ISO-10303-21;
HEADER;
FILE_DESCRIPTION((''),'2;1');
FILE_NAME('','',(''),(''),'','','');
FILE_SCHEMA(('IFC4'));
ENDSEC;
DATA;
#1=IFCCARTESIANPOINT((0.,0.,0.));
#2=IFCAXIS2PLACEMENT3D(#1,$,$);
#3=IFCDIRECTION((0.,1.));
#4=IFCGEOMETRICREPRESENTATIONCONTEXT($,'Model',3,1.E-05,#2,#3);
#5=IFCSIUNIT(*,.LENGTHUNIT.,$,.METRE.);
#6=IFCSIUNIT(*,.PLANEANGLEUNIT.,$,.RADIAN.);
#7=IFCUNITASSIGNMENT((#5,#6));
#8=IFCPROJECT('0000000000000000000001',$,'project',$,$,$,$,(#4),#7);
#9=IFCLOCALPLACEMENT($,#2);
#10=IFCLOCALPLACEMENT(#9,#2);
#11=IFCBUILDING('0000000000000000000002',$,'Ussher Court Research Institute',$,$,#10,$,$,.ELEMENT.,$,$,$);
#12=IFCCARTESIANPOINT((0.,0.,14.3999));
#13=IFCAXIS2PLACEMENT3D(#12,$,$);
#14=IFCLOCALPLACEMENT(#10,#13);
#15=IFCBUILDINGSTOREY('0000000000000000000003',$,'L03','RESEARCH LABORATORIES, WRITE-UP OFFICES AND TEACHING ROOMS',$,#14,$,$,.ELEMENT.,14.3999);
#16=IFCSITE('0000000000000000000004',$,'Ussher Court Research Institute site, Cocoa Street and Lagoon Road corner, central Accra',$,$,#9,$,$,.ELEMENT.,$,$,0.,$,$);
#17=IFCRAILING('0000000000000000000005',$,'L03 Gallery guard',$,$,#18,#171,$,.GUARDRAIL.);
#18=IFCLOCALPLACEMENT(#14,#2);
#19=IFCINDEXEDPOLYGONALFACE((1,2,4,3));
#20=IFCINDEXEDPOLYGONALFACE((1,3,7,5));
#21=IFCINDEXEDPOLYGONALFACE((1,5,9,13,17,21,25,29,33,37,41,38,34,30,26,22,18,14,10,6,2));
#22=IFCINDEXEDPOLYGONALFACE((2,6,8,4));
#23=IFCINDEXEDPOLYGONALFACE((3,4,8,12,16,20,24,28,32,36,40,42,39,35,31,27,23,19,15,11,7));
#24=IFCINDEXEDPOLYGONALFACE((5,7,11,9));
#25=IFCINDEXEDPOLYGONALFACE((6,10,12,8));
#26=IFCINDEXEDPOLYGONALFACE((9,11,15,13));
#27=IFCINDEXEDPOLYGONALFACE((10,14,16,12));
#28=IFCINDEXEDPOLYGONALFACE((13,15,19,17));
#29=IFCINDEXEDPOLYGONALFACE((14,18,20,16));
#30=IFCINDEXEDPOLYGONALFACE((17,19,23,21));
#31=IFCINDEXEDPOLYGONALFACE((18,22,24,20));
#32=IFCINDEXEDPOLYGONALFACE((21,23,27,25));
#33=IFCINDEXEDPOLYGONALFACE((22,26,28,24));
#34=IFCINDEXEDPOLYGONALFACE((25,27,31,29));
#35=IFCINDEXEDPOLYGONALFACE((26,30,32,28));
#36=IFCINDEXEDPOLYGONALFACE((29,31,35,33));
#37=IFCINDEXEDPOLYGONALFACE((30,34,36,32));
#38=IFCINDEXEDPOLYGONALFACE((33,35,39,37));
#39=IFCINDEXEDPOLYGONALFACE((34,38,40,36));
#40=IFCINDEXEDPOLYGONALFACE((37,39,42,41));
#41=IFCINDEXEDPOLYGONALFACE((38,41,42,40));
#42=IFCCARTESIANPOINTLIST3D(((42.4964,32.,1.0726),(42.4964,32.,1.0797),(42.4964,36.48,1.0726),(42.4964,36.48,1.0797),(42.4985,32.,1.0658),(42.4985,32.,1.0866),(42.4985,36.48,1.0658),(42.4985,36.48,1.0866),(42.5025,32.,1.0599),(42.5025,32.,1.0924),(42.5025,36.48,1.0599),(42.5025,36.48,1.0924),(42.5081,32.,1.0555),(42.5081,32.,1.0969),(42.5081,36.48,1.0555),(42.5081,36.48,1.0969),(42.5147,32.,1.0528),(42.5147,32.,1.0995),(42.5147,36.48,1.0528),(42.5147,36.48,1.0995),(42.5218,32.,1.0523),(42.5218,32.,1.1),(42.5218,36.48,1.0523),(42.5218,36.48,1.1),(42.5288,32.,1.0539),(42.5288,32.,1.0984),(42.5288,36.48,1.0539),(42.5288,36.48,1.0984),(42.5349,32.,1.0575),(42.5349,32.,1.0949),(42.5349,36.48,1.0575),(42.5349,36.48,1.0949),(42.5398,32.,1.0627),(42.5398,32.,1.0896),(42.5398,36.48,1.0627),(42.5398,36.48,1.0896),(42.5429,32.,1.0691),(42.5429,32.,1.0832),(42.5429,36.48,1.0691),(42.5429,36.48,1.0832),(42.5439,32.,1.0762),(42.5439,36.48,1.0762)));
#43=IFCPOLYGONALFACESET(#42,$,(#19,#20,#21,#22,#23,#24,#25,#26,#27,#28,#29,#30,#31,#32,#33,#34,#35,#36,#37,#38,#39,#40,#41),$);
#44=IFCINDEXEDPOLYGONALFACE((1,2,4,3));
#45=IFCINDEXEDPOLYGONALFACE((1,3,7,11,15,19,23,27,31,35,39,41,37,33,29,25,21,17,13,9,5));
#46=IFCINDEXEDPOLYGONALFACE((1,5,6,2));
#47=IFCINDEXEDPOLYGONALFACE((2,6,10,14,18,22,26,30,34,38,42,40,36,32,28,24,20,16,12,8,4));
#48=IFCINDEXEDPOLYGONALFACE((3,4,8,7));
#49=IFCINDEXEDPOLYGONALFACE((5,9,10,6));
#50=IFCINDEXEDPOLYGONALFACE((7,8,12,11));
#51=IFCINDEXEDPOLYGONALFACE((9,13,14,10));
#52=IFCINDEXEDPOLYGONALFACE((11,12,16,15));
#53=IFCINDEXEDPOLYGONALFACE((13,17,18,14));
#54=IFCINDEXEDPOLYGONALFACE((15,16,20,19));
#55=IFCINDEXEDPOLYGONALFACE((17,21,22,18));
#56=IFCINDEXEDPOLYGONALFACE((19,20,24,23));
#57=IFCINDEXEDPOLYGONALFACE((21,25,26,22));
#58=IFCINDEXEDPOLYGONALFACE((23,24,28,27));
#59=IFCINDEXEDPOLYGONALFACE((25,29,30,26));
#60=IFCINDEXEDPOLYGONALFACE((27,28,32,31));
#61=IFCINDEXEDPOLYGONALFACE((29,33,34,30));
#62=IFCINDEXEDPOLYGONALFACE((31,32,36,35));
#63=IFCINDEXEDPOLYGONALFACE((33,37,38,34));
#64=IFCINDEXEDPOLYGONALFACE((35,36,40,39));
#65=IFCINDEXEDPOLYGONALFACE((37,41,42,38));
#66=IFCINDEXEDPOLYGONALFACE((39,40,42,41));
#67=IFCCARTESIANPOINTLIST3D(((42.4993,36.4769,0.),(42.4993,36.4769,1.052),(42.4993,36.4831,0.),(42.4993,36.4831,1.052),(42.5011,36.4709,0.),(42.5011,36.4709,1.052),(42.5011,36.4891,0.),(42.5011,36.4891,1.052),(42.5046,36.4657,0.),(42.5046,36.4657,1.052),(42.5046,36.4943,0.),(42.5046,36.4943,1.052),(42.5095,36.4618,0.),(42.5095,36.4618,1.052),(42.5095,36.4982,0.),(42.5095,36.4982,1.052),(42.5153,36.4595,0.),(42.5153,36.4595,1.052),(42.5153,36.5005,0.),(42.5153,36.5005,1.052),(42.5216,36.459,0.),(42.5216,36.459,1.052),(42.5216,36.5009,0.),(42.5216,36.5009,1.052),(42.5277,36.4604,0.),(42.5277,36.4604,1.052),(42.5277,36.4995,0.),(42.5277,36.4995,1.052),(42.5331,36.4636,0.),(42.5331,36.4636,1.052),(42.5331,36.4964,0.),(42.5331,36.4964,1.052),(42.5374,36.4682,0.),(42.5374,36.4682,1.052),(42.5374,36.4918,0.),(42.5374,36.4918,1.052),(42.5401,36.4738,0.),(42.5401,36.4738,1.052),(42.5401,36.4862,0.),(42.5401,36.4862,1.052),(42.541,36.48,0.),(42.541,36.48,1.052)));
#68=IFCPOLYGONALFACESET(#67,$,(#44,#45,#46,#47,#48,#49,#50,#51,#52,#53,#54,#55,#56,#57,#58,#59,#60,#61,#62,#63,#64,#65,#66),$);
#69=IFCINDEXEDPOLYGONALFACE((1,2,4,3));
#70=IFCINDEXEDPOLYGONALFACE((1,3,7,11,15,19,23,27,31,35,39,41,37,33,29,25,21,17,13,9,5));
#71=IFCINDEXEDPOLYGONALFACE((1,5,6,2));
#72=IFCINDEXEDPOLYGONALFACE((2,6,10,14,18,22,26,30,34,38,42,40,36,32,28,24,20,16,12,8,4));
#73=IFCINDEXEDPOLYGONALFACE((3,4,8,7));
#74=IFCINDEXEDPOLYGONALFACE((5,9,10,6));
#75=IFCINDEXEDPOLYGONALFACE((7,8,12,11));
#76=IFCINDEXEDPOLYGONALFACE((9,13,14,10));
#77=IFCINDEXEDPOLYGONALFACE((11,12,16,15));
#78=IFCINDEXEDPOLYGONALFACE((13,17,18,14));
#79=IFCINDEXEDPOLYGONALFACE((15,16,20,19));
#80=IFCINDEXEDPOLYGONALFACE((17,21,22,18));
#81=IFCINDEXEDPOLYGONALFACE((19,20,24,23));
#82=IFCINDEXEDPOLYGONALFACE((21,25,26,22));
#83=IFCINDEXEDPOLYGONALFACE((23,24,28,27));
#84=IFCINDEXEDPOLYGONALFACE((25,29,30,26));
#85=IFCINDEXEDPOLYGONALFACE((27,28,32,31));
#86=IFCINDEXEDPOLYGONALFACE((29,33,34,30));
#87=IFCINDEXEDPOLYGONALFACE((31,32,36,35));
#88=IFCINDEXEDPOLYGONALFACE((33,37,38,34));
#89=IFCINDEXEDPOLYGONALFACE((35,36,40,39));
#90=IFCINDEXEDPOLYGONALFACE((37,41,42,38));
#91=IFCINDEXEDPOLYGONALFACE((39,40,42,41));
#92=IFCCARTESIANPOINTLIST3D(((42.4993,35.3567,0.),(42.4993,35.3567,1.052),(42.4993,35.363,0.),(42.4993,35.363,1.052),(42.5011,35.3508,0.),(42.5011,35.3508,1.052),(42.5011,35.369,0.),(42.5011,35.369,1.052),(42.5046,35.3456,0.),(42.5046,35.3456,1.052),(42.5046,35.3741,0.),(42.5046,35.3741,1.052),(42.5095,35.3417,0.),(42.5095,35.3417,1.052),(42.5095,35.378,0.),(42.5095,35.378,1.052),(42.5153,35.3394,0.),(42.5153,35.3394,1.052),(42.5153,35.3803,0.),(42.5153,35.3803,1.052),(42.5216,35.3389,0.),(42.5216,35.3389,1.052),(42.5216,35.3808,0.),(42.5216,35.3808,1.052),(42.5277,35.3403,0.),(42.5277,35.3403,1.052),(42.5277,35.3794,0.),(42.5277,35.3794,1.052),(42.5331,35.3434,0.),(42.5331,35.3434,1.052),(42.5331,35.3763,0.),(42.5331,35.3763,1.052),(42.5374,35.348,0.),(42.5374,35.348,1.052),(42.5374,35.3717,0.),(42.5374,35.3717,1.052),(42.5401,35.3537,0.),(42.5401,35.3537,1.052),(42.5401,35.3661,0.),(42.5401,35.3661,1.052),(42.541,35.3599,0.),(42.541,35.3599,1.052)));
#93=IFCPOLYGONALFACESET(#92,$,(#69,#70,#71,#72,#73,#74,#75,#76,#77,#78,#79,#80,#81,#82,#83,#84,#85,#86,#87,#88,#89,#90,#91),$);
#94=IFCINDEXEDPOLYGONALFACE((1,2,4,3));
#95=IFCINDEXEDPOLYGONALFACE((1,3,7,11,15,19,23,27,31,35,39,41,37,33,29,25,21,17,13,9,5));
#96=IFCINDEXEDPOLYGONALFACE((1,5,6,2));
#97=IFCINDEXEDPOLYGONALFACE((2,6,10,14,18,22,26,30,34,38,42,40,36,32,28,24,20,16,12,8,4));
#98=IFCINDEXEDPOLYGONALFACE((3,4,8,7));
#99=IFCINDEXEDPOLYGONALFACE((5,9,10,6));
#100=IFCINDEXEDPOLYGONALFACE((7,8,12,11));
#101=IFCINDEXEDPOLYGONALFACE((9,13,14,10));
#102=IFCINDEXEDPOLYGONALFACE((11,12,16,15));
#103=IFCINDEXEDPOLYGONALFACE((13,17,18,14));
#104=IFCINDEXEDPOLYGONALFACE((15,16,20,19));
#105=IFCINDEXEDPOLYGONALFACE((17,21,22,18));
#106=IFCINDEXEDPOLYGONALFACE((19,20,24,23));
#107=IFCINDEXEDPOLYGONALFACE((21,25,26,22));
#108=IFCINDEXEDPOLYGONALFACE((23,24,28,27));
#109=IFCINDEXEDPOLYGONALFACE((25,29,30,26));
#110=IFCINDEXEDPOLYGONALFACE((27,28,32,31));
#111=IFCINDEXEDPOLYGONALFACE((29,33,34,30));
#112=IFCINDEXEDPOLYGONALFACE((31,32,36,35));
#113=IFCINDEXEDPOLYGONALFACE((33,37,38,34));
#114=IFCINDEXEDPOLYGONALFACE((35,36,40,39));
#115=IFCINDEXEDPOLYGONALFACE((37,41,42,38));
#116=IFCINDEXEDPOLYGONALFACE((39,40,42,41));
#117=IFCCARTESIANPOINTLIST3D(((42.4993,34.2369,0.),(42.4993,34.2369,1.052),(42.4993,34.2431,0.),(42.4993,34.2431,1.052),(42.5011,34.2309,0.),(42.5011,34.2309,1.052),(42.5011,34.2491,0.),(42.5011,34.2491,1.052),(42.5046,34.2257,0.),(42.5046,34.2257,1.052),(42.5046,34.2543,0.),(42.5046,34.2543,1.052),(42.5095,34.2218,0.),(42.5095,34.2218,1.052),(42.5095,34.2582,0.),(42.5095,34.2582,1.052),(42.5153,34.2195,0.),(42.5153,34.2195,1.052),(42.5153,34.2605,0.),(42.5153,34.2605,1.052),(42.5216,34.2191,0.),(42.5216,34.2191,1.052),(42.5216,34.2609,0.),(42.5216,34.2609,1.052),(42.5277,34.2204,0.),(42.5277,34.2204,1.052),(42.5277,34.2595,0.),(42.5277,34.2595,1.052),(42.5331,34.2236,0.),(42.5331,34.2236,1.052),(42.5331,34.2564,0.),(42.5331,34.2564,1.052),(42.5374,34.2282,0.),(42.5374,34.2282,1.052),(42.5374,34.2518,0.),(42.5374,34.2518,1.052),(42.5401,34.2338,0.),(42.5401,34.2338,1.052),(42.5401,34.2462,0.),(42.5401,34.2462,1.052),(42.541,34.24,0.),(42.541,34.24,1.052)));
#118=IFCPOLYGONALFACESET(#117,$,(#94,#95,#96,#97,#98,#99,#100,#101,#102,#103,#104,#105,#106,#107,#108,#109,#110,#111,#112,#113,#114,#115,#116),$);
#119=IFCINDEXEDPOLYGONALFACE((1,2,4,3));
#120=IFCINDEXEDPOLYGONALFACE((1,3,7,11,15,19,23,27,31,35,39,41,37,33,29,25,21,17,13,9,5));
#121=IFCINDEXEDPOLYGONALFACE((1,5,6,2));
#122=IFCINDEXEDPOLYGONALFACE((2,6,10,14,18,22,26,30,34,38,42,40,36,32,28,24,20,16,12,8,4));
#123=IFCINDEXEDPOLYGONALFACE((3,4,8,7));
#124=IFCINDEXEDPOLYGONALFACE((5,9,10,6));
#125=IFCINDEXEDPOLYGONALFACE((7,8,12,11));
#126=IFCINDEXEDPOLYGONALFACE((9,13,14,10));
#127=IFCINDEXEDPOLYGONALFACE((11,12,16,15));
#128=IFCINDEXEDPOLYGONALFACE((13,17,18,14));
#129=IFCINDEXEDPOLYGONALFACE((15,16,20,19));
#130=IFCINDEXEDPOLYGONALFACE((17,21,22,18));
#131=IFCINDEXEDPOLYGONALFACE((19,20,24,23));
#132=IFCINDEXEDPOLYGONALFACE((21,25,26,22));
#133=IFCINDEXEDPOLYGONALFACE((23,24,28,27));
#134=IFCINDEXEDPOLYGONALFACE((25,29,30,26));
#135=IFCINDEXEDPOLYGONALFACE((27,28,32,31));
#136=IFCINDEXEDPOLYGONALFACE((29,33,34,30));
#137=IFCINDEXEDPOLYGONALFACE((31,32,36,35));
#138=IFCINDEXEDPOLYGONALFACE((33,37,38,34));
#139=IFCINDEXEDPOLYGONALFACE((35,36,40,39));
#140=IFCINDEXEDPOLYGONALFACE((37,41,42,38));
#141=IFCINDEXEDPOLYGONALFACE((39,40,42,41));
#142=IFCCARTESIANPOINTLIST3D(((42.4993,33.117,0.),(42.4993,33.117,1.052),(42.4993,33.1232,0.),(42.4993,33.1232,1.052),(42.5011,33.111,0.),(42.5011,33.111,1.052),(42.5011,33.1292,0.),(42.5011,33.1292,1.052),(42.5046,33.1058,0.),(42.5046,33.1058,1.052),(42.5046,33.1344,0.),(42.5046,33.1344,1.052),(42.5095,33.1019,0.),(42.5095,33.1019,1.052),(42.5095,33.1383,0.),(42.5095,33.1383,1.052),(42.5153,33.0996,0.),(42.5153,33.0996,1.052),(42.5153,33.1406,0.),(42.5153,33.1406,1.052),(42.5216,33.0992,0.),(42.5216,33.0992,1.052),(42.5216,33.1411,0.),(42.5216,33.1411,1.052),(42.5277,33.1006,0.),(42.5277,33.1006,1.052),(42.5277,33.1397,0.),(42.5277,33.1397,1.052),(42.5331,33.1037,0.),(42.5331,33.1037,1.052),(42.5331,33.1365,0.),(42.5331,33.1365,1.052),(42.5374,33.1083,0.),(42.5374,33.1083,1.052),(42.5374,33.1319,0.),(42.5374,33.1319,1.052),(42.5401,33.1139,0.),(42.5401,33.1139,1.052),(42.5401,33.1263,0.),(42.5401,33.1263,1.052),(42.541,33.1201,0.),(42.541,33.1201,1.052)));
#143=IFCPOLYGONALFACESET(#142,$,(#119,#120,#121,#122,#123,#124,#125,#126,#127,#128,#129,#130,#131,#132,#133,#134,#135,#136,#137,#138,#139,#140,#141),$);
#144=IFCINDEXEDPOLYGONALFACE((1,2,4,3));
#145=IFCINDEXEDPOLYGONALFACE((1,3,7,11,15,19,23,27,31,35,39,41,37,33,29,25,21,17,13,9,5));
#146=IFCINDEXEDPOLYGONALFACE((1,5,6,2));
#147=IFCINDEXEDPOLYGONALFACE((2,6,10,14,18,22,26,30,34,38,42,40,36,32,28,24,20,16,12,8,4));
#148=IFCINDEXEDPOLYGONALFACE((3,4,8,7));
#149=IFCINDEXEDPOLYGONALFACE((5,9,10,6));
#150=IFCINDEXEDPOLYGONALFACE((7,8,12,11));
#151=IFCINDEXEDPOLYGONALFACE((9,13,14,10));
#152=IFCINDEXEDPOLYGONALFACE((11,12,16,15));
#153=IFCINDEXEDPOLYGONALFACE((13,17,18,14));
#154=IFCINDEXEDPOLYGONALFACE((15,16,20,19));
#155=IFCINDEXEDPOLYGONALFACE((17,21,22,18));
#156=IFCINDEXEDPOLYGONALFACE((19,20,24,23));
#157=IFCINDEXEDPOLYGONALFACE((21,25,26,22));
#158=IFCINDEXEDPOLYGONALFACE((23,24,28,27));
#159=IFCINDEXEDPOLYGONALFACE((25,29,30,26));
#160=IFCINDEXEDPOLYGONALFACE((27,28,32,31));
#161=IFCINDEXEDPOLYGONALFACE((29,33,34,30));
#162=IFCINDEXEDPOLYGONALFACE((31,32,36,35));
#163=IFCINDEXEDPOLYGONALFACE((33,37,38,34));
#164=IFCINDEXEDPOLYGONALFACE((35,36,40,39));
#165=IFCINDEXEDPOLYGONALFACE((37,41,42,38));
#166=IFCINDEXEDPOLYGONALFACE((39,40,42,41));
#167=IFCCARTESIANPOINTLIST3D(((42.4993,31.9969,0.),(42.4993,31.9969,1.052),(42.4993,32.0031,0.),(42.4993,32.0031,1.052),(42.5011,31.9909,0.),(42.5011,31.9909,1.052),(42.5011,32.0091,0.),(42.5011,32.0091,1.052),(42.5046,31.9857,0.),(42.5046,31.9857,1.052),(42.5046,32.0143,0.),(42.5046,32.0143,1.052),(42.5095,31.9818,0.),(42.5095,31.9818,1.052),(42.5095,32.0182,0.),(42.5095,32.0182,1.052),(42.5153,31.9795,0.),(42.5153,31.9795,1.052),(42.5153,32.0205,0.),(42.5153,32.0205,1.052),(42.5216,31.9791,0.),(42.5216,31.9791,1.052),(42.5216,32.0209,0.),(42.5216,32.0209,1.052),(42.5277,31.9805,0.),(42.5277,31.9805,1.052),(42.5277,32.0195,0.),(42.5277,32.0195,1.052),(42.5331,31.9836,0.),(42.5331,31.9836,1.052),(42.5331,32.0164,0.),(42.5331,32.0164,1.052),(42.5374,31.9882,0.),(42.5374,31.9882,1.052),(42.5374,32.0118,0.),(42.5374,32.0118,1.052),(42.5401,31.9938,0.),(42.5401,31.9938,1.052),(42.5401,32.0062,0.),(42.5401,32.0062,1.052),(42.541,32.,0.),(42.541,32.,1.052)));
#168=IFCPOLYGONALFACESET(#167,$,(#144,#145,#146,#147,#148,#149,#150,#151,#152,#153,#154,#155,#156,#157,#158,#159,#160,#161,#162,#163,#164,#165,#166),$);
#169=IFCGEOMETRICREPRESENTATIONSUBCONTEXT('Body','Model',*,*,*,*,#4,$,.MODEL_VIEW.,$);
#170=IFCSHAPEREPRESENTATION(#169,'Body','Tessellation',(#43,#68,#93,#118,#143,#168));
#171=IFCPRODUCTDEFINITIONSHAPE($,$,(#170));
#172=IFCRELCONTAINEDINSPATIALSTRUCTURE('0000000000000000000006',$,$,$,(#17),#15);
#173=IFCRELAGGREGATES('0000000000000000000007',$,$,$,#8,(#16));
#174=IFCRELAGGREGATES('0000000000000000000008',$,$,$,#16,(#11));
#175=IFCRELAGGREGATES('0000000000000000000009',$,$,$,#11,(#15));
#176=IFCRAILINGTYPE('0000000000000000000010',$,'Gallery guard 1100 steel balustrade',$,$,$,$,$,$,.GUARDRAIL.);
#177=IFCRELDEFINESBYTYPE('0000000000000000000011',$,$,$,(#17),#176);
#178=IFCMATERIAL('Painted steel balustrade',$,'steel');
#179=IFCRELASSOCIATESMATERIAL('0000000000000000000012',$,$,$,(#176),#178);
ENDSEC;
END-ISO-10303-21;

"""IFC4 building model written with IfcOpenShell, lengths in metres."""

from ifc_helpers import new_model, si_unit, direction, frame, origin, origin_2d, place, context, subcontext, project, spatial, circle, extrude, material, type_object, element, save


model = new_model("IFC4")

# Units and contexts
model_context = context("Model", 3, precision=1e-05, world=origin(), true_north=direction((0.0, 1.0)))
body_context = subcontext(model_context, "Body", "Model", "MODEL_VIEW")
ifc_project = project(units=[si_unit("LENGTHUNIT", "METRE"), si_unit("PLANEANGLEUNIT", "RADIAN")], contexts=[model_context])

# Site, building, storey
site_placement = place(None, origin())
site = spatial("IfcSite", under=ifc_project, at=site_placement, Name="Ussher Court Research Institute site, Cocoa Street and Lagoon Road corner, central Accra", CompositionType="ELEMENT", RefElevation=0.0)
building_placement = place(site_placement, origin())
building = spatial("IfcBuilding", under=site, at=building_placement, Name="Ussher Court Research Institute", CompositionType="ELEMENT")
storey_placement = place(building_placement, frame((0.0, 0.0, 14.3999)))
storey = spatial("IfcBuildingStorey", under=building, at=storey_placement, Name="L03", Description="RESEARCH LABORATORIES, WRITE-UP OFFICES AND TEACHING ROOMS", CompositionType="ELEMENT", Elevation=14.3999)

# Railing
ifc_material_1 = material(Name="Painted steel balustrade", Category="steel")
railing_type = type_object("IfcRailingType", Name="Gallery guard 1100 steel balustrade", PredefinedType="GUARDRAIL", material=ifc_material_1)
railing_placement = place(storey_placement, frame((42.52, 36.48, 0.0)))
element("IfcRailing", 1, at=railing_placement, inside=storey, type_object=railing_type, Name="L03 Gallery guard", PredefinedType="GUARDRAIL", context=body_context, shape_type="SweptSolid", body=[
    extrude(circle(Radius=0.0239, at=origin_2d()), frame((0.0, 0.0, 1.0762), z_axis=(0.0, -1.0, 0.0), x_axis=(1.0, 0.0, 0.0)), (0.0, 0.0, 1.0), 4.48),
    extrude(circle(Radius=0.021, at=origin_2d()), origin(), (0.0, 0.0, 1.0), 1.052),
    extrude(circle(Radius=0.021, at=origin_2d()), frame((0.0, -1.1201, 0.0)), (0.0, 0.0, 1.0), 1.052),
    extrude(circle(Radius=0.021, at=origin_2d()), frame((0.0, -2.24, 0.0)), (0.0, 0.0, 1.0), 1.052),
    extrude(circle(Radius=0.021, at=origin_2d()), frame((0.0, -3.3599, 0.0)), (0.0, 0.0, 1.0), 1.052),
    extrude(circle(Radius=0.021, at=origin_2d()), frame((0.0, -4.48, 0.0)), (0.0, 0.0, 1.0), 1.052),
])

save(model, "model.ifc")
